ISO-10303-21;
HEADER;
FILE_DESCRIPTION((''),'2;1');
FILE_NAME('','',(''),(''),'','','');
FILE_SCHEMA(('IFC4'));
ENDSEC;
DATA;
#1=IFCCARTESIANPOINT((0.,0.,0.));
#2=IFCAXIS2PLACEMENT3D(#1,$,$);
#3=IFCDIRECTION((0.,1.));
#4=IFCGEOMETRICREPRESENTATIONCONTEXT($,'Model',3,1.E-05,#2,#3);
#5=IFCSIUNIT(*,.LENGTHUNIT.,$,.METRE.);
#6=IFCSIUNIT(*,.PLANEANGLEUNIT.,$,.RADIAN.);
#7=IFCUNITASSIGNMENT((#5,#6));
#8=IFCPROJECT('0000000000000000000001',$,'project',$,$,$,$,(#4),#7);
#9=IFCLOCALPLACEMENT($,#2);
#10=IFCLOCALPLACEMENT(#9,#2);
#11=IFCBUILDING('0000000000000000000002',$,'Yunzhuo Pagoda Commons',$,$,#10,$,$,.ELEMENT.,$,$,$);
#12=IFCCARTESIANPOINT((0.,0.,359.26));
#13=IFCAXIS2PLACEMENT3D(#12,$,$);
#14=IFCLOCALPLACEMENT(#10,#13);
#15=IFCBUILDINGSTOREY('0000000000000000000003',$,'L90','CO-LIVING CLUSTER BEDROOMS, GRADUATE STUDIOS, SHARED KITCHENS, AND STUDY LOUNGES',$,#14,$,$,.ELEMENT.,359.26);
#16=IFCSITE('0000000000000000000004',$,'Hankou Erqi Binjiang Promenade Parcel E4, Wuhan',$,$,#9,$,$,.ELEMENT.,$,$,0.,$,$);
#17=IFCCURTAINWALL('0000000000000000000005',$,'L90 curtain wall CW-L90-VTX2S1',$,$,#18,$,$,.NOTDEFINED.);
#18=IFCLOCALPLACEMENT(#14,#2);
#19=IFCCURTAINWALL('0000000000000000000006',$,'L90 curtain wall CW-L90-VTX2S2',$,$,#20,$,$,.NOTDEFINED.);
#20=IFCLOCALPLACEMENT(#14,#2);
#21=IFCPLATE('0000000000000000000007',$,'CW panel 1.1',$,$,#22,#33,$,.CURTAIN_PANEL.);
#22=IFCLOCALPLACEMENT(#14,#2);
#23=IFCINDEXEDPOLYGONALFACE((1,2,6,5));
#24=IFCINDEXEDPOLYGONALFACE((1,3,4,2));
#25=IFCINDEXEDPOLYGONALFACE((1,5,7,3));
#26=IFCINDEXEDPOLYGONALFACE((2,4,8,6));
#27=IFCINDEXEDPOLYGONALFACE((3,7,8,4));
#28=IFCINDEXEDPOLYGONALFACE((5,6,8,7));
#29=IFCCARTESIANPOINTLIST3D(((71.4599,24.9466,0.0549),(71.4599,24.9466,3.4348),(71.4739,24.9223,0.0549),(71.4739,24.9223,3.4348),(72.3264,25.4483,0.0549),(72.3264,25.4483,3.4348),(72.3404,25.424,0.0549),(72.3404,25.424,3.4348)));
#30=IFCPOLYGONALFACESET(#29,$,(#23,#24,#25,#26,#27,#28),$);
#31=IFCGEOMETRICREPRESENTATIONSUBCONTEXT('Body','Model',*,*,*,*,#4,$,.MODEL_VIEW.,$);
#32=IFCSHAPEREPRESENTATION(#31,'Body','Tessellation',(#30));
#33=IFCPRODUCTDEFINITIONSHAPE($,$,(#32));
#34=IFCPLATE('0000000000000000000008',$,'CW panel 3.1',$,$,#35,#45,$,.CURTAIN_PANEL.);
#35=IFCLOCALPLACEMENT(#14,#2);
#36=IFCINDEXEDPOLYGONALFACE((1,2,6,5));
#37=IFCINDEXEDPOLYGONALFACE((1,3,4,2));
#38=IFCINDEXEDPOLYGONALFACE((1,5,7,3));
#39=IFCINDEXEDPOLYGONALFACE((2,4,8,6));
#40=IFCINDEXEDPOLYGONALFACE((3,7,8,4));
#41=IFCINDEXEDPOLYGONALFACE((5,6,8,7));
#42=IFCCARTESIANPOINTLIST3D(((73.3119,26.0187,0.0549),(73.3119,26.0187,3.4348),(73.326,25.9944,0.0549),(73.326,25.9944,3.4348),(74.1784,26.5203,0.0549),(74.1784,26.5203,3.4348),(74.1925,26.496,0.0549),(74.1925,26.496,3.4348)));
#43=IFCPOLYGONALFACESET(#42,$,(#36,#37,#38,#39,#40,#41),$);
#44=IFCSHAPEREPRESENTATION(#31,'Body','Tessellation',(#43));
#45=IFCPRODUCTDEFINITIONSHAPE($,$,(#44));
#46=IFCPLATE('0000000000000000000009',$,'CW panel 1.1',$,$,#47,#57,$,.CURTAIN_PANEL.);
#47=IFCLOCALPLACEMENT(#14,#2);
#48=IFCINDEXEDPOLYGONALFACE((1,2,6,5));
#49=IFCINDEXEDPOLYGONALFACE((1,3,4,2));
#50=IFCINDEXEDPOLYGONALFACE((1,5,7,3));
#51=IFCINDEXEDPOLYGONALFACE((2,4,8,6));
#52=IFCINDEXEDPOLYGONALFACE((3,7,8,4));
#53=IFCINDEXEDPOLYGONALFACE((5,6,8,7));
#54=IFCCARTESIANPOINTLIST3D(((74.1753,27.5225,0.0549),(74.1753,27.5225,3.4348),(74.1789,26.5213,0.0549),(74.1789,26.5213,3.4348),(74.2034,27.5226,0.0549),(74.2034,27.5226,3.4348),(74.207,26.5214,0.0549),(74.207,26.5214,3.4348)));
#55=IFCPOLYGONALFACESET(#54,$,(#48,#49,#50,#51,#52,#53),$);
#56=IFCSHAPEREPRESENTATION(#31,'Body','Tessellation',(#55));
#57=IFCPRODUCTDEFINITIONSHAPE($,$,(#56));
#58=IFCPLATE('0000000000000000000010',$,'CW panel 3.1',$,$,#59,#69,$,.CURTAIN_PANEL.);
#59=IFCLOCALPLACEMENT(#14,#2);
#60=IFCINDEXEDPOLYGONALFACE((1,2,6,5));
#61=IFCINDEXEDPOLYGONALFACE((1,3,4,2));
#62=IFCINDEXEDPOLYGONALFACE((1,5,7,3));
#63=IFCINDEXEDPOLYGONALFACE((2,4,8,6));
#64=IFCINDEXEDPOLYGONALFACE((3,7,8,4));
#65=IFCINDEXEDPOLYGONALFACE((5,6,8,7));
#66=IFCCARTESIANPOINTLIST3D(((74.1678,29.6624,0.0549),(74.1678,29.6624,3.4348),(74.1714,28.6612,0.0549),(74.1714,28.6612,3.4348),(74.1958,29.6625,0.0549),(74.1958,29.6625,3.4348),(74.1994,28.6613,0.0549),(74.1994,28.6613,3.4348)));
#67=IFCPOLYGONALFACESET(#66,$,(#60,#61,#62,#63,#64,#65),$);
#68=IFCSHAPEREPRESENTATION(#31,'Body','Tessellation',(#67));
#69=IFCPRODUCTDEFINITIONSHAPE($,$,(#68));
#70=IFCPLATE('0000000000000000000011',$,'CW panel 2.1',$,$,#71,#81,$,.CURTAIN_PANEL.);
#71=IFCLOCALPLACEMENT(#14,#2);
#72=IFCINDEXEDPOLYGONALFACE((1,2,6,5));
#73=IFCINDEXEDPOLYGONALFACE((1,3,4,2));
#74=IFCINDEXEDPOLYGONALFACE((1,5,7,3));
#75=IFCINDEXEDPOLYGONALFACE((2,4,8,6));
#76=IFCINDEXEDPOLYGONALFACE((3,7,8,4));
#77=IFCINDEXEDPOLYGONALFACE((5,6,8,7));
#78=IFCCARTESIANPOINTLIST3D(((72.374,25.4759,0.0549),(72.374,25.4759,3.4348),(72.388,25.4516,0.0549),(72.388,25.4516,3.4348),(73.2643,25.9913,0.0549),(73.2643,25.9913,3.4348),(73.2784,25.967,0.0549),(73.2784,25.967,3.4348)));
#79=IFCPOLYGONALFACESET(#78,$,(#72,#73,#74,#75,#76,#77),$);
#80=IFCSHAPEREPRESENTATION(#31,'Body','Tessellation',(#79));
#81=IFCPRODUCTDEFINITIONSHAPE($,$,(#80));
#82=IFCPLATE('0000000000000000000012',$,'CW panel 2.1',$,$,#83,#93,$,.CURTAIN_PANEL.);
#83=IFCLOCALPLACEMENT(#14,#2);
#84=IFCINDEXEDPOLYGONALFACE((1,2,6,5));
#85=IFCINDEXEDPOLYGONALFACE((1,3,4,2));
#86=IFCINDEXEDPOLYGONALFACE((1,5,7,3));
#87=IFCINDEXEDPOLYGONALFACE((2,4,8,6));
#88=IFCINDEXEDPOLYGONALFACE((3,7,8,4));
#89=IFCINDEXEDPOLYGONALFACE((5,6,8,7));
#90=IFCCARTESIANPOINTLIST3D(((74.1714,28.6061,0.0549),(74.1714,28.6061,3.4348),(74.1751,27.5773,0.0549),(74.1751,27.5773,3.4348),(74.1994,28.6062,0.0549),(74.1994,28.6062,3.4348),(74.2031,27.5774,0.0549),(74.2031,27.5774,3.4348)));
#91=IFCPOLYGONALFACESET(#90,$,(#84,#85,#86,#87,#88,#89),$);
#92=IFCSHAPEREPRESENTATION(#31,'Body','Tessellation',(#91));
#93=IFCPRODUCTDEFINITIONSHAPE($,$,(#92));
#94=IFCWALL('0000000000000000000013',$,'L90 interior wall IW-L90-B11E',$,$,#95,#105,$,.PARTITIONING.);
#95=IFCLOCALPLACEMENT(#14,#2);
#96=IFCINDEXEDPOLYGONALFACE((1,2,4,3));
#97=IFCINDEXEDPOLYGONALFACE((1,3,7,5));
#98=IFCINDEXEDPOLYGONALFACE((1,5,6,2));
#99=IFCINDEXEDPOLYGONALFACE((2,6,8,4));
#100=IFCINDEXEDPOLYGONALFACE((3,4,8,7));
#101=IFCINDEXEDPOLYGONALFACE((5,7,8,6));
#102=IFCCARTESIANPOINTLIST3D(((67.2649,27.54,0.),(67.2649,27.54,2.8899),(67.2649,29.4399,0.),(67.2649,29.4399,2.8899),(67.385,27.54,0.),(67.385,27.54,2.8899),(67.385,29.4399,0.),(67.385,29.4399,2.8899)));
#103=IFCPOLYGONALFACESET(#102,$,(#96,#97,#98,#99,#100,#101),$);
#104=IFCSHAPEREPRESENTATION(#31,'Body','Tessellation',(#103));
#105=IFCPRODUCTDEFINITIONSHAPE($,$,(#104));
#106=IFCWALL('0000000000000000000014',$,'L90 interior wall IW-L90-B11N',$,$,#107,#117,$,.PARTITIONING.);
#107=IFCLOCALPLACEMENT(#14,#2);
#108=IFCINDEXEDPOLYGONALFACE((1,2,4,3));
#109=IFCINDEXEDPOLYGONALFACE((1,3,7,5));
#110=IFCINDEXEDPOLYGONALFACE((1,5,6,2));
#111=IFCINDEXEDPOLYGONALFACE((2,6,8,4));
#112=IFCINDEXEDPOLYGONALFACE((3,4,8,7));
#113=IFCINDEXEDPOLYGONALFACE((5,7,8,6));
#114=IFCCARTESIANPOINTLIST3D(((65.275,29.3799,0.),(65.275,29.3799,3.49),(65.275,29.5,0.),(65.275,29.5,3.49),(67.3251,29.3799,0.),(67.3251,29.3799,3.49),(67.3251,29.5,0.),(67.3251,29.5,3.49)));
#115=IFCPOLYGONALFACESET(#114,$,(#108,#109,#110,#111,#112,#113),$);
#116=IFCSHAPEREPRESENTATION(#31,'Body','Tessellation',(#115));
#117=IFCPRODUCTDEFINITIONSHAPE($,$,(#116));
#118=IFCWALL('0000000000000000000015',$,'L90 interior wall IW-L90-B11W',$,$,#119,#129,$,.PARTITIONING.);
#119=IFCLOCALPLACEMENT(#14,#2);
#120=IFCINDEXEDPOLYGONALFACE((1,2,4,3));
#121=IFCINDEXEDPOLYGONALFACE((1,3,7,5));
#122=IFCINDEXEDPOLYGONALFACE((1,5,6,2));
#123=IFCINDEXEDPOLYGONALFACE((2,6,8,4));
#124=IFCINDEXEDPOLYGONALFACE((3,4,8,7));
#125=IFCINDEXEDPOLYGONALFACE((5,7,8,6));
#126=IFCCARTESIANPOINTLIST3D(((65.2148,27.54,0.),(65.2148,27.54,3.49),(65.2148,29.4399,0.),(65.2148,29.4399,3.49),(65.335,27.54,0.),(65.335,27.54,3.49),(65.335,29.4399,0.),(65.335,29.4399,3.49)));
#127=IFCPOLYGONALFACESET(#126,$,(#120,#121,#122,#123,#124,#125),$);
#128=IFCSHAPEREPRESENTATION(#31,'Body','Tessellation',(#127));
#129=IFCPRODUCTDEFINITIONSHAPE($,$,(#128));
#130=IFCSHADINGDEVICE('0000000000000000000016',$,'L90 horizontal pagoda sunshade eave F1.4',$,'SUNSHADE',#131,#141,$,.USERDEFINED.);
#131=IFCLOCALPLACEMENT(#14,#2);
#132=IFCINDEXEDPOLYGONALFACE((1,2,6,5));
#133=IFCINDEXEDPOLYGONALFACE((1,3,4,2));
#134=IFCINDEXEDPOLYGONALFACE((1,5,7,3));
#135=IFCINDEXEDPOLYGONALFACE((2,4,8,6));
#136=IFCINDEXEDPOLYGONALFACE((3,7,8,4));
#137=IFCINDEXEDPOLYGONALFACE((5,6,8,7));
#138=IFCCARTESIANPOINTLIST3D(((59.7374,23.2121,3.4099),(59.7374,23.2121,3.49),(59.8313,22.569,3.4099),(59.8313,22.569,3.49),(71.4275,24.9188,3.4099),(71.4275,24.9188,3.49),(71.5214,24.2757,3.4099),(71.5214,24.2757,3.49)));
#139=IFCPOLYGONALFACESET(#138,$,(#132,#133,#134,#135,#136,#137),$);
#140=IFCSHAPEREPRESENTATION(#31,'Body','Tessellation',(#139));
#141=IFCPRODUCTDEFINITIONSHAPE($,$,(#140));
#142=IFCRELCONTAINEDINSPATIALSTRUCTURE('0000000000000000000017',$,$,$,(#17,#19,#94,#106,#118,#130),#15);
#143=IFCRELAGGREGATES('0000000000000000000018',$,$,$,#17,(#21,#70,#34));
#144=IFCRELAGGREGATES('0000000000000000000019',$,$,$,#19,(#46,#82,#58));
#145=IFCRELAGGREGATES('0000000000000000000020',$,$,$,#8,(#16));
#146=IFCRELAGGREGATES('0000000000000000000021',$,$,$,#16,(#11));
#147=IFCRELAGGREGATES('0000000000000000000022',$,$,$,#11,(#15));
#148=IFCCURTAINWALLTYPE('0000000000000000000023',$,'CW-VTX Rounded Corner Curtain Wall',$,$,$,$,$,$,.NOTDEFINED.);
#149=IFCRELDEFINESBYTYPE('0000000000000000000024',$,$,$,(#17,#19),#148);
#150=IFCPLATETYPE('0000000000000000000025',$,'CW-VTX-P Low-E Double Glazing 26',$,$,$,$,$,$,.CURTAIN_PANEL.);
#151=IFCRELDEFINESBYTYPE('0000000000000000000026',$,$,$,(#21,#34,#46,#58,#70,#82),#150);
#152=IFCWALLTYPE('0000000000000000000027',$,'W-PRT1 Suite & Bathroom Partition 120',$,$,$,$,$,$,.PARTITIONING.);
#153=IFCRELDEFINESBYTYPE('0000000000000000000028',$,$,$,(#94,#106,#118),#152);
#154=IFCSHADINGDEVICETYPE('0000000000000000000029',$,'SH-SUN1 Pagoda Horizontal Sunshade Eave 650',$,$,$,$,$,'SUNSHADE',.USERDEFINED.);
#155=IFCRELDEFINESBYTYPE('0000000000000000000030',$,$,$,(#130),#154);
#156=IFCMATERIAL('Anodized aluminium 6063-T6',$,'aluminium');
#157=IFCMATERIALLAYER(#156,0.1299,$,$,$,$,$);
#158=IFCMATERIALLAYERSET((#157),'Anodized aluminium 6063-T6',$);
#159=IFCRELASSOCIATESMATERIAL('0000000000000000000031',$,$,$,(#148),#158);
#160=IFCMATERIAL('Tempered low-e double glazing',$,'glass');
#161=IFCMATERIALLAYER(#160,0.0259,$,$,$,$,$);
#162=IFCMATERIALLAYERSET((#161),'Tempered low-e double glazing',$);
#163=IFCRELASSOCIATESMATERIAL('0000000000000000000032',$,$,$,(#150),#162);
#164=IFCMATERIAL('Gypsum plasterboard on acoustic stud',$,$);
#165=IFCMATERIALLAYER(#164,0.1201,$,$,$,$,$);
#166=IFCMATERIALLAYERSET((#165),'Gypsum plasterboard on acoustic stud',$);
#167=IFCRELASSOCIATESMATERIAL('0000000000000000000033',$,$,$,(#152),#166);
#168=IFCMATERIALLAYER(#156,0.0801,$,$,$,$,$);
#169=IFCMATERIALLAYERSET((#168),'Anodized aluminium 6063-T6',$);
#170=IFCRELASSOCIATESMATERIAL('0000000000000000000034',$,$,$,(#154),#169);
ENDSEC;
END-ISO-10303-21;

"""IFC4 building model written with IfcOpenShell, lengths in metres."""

from ifc_helpers import new_model, si_unit, direction, frame, frame_2d, origin, origin_2d, place, context, subcontext, project, spatial, rectangle, extrude, source, transform, mapped, material, layer, layer_set, type_object, element, aggregate, save


model = new_model("IFC4")

# Units and contexts
model_context = context("Model", 3, precision=1e-05, world=origin(), true_north=direction((0.0, 1.0)))
body_context = subcontext(model_context, "Body", "Model", "MODEL_VIEW")
ifc_project = project(units=[si_unit("LENGTHUNIT", "METRE"), si_unit("PLANEANGLEUNIT", "RADIAN")], contexts=[model_context])

# Site, building, storey
site_placement = place(None, origin())
site = spatial("IfcSite", under=ifc_project, at=site_placement, Name="Hankou Erqi Binjiang Promenade Parcel E4, Wuhan", CompositionType="ELEMENT", RefElevation=0.0)
building_placement = place(site_placement, origin())
building = spatial("IfcBuilding", under=site, at=building_placement, Name="Yunzhuo Pagoda Commons", CompositionType="ELEMENT")
storey_placement = place(building_placement, frame((0.0, 0.0, 359.26)))
storey = spatial("IfcBuildingStorey", under=building, at=storey_placement, Name="L90", Description="CO-LIVING CLUSTER BEDROOMS, GRADUATE STUDIOS, SHARED KITCHENS, AND STUDY LOUNGES", CompositionType="ELEMENT", Elevation=359.26)

# Shared definitions
ifc_material_1 = material(Name="Anodized aluminium 6063-T6", Category="aluminium")

# Curtain walls
ifc_layer_1 = layer(ifc_material_1, 0.1299)
ifc_layer_set_1 = layer_set([ifc_layer_1], Name="Anodized aluminium 6063-T6")
curtain_wall_type_1 = type_object("IfcCurtainWallType", Name="CW-VTX Rounded Corner Curtain Wall", PredefinedType="NOTDEFINED", material=ifc_layer_set_1)
curtain_wall_1_placement = place(storey_placement, origin())
curtain_wall_1 = element("IfcCurtainWall", 1, at=curtain_wall_1_placement, inside=storey, type_object=curtain_wall_type_1, Name="L90 curtain wall CW-L90-VTX2S1", PredefinedType="NOTDEFINED")
curtain_wall_2_placement = place(storey_placement, origin())
curtain_wall_2 = element("IfcCurtainWall", 2, at=curtain_wall_2_placement, inside=storey, type_object=curtain_wall_type_1, Name="L90 curtain wall CW-L90-VTX2S2", PredefinedType="NOTDEFINED")

# Plates
ifc_material_2 = material(Name="Tempered low-e double glazing", Category="glass")
ifc_layer_2 = layer(ifc_material_2, 0.0259)
ifc_layer_set_2 = layer_set([ifc_layer_2], Name="Tempered low-e double glazing")
plate_type_1 = type_object("IfcPlateType", Name="CW-VTX-P Low-E Double Glazing 26", PredefinedType="CURTAIN_PANEL", material=ifc_layer_set_2)
shared_shape_1 = source(origin(), body_context, "Body", "SweptSolid", [
    extrude(rectangle(XDim=1.0012, YDim=0.0281, at=origin_2d()), origin(), (0.0, 0.0, 1.0), 3.3799),
])
plate_1_placement = place(storey_placement, frame((71.9001, 25.1853, 0.0549), z_axis=(0.0, 0.0, 1.0), x_axis=(0.865438, 0.501017, 0.0)))
plate_1 = element("IfcPlate", 3, at=plate_1_placement, type_object=plate_type_1, Name="CW panel 1.1", PredefinedType="CURTAIN_PANEL", context=body_context, shape_type="MappedRepresentation", body=[
    mapped(shared_shape_1, transform((0.0, 0.0, 0.0), scale=1.0)),
])
plate_2_placement = place(storey_placement, frame((73.7522, 26.2573, 0.0549), z_axis=(0.0, 0.0, 1.0), x_axis=(0.865438, 0.501017, 0.0)))
plate_2 = element("IfcPlate", 4, at=plate_2_placement, type_object=plate_type_1, Name="CW panel 3.1", PredefinedType="CURTAIN_PANEL", context=body_context, shape_type="MappedRepresentation", body=[
    mapped(shared_shape_1, transform((0.0, 0.0, 0.0), scale=1.0)),
])
plate_3_placement = place(storey_placement, frame((74.1912, 27.022, 0.0549), z_axis=(0.0, 0.0, 1.0), x_axis=(-0.003599, 0.999994, 0.0)))
plate_3 = element("IfcPlate", 5, at=plate_3_placement, type_object=plate_type_1, Name="CW panel 1.1", PredefinedType="CURTAIN_PANEL", context=body_context, shape_type="MappedRepresentation", body=[
    mapped(shared_shape_1, transform((0.0, 0.0, 0.0), scale=1.0)),
])
plate_4_placement = place(storey_placement, frame((74.1836, 29.1619, 0.0549), z_axis=(0.0, 0.0, 1.0), x_axis=(-0.003599, 0.999994, 0.0)))
plate_4 = element("IfcPlate", 6, at=plate_4_placement, type_object=plate_type_1, Name="CW panel 3.1", PredefinedType="CURTAIN_PANEL", context=body_context, shape_type="MappedRepresentation", body=[
    mapped(shared_shape_1, transform((0.0, 0.0, 0.0), scale=1.0)),
])
shared_shape_2 = source(origin(), body_context, "Body", "SweptSolid", [
    extrude(rectangle(XDim=1.0288, YDim=0.0281, at=origin_2d()), origin(), (0.0, 0.0, 1.0), 3.3799),
])
plate_5_placement = place(storey_placement, frame((72.8262, 25.7214, 0.0549), z_axis=(0.0, 0.0, 1.0), x_axis=(0.865438, 0.501017, 0.0)))
plate_5 = element("IfcPlate", 7, at=plate_5_placement, type_object=plate_type_1, Name="CW panel 2.1", PredefinedType="CURTAIN_PANEL", context=body_context, shape_type="MappedRepresentation", body=[
    mapped(shared_shape_2, transform((0.0, 0.0, 0.0), scale=1.0)),
])
aggregate(curtain_wall_1, [plate_1, plate_5, plate_2])
plate_6_placement = place(storey_placement, frame((74.1873, 28.0918, 0.0549), z_axis=(0.0, 0.0, 1.0), x_axis=(-0.003599, 0.999994, 0.0)))
plate_6 = element("IfcPlate", 8, at=plate_6_placement, type_object=plate_type_1, Name="CW panel 2.1", PredefinedType="CURTAIN_PANEL", context=body_context, shape_type="MappedRepresentation", body=[
    mapped(shared_shape_2, transform((0.0, 0.0, 0.0), scale=1.0)),
])
aggregate(curtain_wall_2, [plate_3, plate_6, plate_4])

# Walls
ifc_material_3 = material(Name="Gypsum plasterboard on acoustic stud")
ifc_layer_3 = layer(ifc_material_3, 0.1201)
ifc_layer_set_3 = layer_set([ifc_layer_3], Name="Gypsum plasterboard on acoustic stud")
wall_type = type_object("IfcWallType", Name="W-PRT1 Suite & Bathroom Partition 120", PredefinedType="PARTITIONING", material=ifc_layer_set_3)
wall_1_placement = place(storey_placement, frame((67.325, 27.54, 0.0), z_axis=(0.0, 0.0, 1.0), x_axis=(0.0, 1.0, 0.0)))
element("IfcWall", 9, at=wall_1_placement, inside=storey, type_object=wall_type, Name="L90 interior wall IW-L90-B11E", PredefinedType="PARTITIONING", context=body_context, shape_type="SweptSolid", body=[
    extrude(rectangle(XDim=1.8999, YDim=0.1201, at=frame_2d((0.95, 0.0))), origin(), (0.0, 0.0, 1.0), 2.8899),
])
wall_2_placement = place(storey_placement, frame((67.325, 29.4399, 0.0), z_axis=(0.0, 0.0, 1.0), x_axis=(-1.0, 0.0, 0.0)))
element("IfcWall", 10, at=wall_2_placement, inside=storey, type_object=wall_type, Name="L90 interior wall IW-L90-B11N", PredefinedType="PARTITIONING", context=body_context, shape_type="SweptSolid", body=[
    extrude(rectangle(XDim=2.05, YDim=0.1201, at=frame_2d((1.0249, 0.0))), origin(), (0.0, 0.0, 1.0), 3.49),
])
wall_3_placement = place(storey_placement, frame((65.2749, 29.4399, 0.0), z_axis=(0.0, 0.0, 1.0), x_axis=(0.0, -1.0, 0.0)))
element("IfcWall", 11, at=wall_3_placement, inside=storey, type_object=wall_type, Name="L90 interior wall IW-L90-B11W", PredefinedType="PARTITIONING", context=body_context, shape_type="SweptSolid", body=[
    extrude(rectangle(XDim=1.8999, YDim=0.1201, at=frame_2d((0.95, 0.0))), origin(), (0.0, 0.0, 1.0), 3.49),
])

# Shading device
ifc_layer_4 = layer(ifc_material_1, 0.0801)
ifc_layer_set_4 = layer_set([ifc_layer_4], Name="Anodized aluminium 6063-T6")
shading_device_type = type_object("IfcShadingDeviceType", Name="SH-SUN1 Pagoda Horizontal Sunshade Eave 650", ElementType="SUNSHADE", PredefinedType="USERDEFINED", material=ifc_layer_set_4)
shared_shape_3 = source(origin(), body_context, "Body", "SweptSolid", [
    extrude(rectangle(XDim=11.814, YDim=0.6499, at=origin_2d()), origin(), (0.0, 0.0, 1.0), 0.0801),
])
shading_device_placement = place(storey_placement, frame((65.6294, 23.7439, 3.4099), z_axis=(0.0, 0.0, 1.0), x_axis=(0.989511, 0.14446, 0.0)))
element("IfcShadingDevice", 12, at=shading_device_placement, inside=storey, type_object=shading_device_type, Name="L90 horizontal pagoda sunshade eave F1.4", ObjectType="SUNSHADE", PredefinedType="USERDEFINED", context=body_context, shape_type="MappedRepresentation", body=[
    mapped(shared_shape_3, transform((0.0, 0.0, 0.0), scale=1.0)),
])

save(model, "model.ifc")
